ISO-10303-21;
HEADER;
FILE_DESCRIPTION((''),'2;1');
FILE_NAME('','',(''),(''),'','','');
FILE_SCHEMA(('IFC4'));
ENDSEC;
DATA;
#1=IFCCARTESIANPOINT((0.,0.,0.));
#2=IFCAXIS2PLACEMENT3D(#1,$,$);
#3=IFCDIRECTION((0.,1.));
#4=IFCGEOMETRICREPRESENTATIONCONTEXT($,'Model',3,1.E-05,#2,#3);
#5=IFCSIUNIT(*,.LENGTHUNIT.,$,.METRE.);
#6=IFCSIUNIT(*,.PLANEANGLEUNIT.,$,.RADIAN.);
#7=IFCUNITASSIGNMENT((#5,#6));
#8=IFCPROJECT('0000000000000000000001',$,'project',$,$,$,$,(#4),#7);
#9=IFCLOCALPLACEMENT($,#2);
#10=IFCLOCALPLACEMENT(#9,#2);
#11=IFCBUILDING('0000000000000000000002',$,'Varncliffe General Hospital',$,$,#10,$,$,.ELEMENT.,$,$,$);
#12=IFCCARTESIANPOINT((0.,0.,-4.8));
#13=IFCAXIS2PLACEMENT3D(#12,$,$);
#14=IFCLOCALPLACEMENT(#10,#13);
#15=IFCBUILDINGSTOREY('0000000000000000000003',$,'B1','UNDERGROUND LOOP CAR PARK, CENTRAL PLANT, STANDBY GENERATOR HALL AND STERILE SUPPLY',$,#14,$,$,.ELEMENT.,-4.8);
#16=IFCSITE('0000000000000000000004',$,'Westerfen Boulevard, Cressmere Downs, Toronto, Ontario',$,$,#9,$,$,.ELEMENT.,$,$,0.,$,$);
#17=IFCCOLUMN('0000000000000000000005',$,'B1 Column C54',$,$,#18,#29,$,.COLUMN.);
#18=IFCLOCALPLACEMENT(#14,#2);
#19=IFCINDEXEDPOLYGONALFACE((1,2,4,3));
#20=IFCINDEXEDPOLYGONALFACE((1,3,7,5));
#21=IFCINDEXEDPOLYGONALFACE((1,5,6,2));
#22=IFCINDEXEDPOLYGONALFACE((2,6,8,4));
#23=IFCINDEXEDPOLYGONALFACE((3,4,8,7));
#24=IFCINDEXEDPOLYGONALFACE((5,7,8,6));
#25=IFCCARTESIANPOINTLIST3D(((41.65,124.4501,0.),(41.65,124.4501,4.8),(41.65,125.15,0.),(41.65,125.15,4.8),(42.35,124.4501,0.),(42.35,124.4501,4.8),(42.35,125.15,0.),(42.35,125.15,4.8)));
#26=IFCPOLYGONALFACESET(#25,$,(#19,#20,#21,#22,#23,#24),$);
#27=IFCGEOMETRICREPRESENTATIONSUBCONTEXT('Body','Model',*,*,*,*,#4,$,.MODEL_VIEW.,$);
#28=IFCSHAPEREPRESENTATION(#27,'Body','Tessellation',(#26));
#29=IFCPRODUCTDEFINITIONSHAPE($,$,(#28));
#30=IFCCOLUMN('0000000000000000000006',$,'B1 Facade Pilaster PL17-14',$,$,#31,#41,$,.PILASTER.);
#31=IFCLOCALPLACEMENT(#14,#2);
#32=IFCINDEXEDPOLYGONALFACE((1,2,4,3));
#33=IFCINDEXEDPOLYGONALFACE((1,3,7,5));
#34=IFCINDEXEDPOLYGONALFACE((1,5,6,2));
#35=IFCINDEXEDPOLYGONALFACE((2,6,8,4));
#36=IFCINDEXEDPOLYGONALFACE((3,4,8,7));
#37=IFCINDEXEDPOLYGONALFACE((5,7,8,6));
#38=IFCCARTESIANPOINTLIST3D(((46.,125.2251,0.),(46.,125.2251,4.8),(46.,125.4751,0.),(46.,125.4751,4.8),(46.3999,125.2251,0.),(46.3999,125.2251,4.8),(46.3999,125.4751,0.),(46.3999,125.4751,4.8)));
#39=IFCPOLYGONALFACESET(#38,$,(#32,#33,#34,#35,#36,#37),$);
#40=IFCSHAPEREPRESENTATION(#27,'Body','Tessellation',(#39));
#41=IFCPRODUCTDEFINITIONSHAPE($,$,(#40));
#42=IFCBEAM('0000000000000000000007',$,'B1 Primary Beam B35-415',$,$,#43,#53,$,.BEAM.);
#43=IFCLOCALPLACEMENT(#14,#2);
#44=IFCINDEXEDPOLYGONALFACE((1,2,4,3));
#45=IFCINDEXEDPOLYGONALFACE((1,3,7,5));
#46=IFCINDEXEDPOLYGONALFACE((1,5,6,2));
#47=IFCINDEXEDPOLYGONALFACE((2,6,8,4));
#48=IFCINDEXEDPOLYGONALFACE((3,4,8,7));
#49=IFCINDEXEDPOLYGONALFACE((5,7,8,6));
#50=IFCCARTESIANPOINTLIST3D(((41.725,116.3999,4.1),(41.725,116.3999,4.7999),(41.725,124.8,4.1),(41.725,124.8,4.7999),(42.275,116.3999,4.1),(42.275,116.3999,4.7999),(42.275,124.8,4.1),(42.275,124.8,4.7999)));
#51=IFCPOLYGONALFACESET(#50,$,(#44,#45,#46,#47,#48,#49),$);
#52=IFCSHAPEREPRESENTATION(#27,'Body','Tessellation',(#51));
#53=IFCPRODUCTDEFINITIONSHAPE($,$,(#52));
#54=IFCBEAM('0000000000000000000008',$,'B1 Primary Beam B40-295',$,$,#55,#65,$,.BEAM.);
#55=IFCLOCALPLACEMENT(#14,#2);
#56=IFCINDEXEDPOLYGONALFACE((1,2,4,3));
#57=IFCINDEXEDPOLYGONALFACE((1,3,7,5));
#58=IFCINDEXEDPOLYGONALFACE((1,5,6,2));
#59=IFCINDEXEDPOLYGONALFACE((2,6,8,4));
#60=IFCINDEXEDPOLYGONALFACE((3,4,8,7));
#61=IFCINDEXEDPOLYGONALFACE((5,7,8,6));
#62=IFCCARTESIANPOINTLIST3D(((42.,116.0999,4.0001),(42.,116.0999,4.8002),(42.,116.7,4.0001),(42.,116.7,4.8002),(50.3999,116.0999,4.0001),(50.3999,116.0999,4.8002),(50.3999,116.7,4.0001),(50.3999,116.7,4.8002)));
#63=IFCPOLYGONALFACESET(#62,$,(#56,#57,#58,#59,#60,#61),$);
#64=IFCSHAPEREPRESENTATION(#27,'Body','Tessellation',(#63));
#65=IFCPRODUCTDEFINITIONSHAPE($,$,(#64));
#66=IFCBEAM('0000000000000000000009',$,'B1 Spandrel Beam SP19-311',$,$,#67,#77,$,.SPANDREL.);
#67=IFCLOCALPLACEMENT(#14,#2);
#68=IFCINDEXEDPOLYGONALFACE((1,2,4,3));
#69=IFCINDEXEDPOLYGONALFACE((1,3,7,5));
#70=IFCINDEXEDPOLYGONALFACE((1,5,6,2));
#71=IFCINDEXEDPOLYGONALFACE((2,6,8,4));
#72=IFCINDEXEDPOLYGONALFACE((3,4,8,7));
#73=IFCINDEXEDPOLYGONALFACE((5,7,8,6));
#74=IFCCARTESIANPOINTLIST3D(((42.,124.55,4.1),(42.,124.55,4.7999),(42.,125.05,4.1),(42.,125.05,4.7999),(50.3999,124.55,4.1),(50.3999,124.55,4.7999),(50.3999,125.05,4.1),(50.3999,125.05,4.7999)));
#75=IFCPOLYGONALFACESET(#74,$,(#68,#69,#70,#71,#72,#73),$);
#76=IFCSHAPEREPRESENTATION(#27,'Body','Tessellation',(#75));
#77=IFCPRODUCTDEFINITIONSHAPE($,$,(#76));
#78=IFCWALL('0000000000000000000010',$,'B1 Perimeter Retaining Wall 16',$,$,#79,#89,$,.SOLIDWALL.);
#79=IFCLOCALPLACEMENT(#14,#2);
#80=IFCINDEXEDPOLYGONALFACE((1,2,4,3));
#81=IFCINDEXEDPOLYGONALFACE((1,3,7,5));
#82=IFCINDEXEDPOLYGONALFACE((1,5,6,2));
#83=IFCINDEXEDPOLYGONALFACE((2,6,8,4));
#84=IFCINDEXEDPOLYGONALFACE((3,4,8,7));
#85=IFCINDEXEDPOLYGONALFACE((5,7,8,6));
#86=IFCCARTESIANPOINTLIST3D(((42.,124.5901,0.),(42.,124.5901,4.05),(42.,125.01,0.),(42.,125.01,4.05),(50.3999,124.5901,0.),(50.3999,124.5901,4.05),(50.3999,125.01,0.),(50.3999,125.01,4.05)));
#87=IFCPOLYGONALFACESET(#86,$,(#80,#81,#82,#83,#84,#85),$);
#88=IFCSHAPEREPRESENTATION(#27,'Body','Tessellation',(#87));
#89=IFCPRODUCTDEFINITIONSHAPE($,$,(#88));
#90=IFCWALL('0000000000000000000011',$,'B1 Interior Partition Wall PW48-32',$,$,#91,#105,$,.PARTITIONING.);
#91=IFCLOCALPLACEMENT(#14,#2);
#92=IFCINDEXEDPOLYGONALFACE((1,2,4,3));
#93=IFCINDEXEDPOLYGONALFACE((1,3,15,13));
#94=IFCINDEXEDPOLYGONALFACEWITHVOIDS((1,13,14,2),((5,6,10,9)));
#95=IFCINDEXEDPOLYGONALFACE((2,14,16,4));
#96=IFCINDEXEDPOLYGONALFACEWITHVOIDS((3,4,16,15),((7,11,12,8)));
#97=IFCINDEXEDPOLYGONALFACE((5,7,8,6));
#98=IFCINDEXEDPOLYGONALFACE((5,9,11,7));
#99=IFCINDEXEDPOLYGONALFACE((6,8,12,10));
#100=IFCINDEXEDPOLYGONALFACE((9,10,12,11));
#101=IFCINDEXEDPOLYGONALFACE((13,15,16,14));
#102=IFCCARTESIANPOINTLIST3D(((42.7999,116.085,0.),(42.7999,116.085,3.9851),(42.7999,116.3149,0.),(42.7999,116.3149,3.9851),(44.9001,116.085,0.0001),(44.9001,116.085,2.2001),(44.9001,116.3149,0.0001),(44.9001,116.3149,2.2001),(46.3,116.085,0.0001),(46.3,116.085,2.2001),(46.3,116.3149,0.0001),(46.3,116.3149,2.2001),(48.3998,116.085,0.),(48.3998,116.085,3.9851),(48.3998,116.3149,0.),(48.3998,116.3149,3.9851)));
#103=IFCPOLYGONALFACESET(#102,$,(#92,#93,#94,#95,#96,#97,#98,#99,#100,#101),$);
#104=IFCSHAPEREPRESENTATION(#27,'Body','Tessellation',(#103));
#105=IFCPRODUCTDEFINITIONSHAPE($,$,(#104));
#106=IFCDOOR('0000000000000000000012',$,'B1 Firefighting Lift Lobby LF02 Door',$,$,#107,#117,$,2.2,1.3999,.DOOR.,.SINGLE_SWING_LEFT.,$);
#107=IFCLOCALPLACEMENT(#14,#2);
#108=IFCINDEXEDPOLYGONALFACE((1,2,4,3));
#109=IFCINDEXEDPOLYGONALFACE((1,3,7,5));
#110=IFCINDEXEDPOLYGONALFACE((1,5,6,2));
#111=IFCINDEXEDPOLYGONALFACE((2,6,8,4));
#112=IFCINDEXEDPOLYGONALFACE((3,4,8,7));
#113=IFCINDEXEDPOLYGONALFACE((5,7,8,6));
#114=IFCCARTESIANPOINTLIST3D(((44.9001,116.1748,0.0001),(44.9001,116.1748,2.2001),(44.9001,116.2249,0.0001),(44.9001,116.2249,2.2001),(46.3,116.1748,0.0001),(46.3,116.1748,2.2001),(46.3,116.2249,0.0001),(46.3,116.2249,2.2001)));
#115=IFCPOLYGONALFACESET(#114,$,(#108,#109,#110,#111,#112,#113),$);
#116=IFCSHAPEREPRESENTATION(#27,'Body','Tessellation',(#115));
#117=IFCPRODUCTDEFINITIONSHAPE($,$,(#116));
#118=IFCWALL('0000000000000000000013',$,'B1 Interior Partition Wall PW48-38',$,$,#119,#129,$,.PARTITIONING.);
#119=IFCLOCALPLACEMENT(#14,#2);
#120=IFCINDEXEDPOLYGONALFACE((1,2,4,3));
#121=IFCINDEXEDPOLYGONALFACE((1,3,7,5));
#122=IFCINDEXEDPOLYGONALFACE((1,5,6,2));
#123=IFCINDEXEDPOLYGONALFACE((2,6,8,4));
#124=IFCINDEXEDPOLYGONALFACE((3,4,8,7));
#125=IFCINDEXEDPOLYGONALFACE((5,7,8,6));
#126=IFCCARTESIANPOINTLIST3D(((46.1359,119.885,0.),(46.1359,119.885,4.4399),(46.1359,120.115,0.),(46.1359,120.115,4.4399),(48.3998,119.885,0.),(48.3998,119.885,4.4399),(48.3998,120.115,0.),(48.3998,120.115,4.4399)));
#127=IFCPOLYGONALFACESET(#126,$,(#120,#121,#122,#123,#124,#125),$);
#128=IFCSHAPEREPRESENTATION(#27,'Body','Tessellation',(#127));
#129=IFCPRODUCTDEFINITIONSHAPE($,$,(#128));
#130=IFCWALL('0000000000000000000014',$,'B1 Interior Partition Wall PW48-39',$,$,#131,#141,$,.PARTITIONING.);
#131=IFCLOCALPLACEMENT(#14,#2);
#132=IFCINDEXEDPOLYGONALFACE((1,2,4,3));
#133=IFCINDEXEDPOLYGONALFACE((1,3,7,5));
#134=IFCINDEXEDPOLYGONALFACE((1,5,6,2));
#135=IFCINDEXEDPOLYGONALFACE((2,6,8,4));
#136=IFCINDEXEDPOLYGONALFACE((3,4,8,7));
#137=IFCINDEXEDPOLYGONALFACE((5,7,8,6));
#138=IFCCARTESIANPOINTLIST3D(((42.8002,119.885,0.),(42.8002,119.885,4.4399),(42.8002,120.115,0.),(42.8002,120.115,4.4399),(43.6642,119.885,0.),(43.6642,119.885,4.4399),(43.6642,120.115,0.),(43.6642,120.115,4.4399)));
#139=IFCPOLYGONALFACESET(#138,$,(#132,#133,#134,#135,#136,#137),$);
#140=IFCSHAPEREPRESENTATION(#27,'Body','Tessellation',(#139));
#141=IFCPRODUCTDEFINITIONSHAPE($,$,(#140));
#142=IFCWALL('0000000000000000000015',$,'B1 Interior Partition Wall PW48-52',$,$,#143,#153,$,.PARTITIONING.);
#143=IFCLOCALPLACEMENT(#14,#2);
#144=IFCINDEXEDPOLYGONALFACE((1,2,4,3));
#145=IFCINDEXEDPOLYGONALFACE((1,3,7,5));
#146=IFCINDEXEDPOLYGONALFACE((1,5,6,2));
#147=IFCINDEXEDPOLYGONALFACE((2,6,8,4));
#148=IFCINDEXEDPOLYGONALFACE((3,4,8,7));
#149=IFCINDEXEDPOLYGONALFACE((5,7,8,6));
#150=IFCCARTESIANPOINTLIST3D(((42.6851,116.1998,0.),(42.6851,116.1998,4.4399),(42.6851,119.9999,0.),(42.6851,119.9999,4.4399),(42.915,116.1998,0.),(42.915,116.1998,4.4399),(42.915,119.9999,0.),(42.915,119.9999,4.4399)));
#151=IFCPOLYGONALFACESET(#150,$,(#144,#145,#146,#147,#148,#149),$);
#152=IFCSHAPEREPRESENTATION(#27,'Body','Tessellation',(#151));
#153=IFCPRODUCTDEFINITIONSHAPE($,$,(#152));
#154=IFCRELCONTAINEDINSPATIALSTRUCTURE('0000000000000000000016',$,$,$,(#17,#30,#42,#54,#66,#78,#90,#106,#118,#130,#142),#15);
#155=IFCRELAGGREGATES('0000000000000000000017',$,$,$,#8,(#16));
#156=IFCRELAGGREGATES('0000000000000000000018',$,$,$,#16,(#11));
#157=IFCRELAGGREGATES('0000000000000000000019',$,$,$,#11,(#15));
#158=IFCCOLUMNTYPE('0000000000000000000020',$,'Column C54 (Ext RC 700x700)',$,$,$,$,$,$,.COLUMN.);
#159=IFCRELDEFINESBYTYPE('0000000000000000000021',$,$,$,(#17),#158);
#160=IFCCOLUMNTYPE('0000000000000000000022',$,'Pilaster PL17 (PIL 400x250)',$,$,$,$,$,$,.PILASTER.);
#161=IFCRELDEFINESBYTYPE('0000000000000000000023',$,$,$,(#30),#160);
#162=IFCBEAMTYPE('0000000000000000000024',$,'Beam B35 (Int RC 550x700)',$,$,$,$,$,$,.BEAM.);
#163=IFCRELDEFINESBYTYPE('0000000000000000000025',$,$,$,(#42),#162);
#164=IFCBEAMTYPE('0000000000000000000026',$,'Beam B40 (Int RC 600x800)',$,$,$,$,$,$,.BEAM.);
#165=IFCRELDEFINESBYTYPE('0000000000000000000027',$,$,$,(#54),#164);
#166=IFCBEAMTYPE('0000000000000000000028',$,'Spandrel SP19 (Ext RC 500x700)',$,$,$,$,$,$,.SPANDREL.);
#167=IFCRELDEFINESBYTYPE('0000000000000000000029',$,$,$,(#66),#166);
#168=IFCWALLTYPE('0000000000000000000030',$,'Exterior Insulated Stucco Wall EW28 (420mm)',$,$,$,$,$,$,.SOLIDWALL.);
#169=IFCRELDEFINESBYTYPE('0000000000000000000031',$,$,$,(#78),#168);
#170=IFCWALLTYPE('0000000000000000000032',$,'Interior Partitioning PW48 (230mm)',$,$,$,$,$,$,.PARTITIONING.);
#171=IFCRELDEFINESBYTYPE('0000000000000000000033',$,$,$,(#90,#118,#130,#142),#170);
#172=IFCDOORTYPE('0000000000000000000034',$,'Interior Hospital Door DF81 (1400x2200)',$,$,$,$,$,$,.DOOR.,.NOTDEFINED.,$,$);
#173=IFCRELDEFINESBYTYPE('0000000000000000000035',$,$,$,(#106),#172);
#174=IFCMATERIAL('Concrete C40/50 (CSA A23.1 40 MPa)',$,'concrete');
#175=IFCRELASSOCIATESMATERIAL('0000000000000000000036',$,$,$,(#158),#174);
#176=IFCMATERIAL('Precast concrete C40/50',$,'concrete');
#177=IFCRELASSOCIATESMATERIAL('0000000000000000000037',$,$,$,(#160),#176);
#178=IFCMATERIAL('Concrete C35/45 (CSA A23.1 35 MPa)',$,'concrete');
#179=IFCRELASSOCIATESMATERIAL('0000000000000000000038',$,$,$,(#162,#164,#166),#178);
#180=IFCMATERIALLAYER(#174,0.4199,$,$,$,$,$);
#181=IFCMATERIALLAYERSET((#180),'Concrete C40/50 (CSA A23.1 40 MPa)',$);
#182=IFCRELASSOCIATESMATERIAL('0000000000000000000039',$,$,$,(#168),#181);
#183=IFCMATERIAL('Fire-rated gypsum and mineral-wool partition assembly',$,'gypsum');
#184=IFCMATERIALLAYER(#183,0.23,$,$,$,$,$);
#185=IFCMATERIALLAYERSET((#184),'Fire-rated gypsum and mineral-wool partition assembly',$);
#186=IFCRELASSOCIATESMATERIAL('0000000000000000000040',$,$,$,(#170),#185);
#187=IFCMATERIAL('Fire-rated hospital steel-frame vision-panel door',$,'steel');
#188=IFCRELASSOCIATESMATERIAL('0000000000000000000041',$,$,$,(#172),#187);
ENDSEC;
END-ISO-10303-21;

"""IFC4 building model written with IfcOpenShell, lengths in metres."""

from ifc_helpers import new_model, si_unit, direction, frame, frame_2d, origin, origin_2d, place, context, subcontext, project, spatial, rectangle, extrude, material, layer, layer_set, material_profile, profile_set, type_object, element, fill, save


model = new_model("IFC4")

# Units and contexts
model_context = context("Model", 3, precision=1e-05, world=origin(), true_north=direction((0.0, 1.0)))
body_context = subcontext(model_context, "Body", "Model", "MODEL_VIEW")
ifc_project = project(units=[si_unit("LENGTHUNIT", "METRE"), si_unit("PLANEANGLEUNIT", "RADIAN")], contexts=[model_context])

# Site, building, storey
site_placement = place(None, origin())
site = spatial("IfcSite", under=ifc_project, at=site_placement, Name="Westerfen Boulevard, Cressmere Downs, Toronto, Ontario", CompositionType="ELEMENT", RefElevation=0.0)
building_placement = place(site_placement, origin())
building = spatial("IfcBuilding", under=site, at=building_placement, Name="Varncliffe General Hospital", CompositionType="ELEMENT")
storey_placement = place(building_placement, frame((0.0, 0.0, -4.8)))
storey = spatial("IfcBuildingStorey", under=building, at=storey_placement, Name="B1", Description="UNDERGROUND LOOP CAR PARK, CENTRAL PLANT, STANDBY GENERATOR HALL AND STERILE SUPPLY", CompositionType="ELEMENT", Elevation=-4.8)

# Shared definitions
ifc_material_1 = material(Name="Concrete C40/50 (CSA A23.1 40 MPa)", Category="concrete")

# Columns
ifc_material_profile_1 = material_profile(ifc_material_1, rectangle(XDim=0.7, YDim=0.7, at=origin_2d()), Name="RC 700x700")
ifc_profile_set_1 = profile_set([ifc_material_profile_1], Name="Concrete C40/50 (CSA A23.1 40 MPa)")
column_type_1 = type_object("IfcColumnType", Name="Column C54 (Ext RC 700x700)", PredefinedType="COLUMN", material=ifc_profile_set_1)
column_1_placement = place(storey_placement, frame((42.0, 124.8, 0.0), z_axis=(0.0, 0.0, 1.0), x_axis=(1.0, 0.0, 0.0)))
element("IfcColumn", 1, at=column_1_placement, inside=storey, type_object=column_type_1, Name="B1 Column C54", PredefinedType="COLUMN", context=body_context, shape_type="SweptSolid", body=[
    extrude(rectangle(XDim=0.7, YDim=0.7, at=origin_2d()), origin(), (0.0, 0.0, 1.0), 4.8),
])
ifc_material_2 = material(Name="Precast concrete C40/50", Category="concrete")
ifc_material_profile_2 = material_profile(ifc_material_2, rectangle(XDim=0.3999, YDim=0.25, at=origin_2d()), Name="PIL 400x250")
ifc_profile_set_2 = profile_set([ifc_material_profile_2], Name="Precast concrete C40/50")
column_type_2 = type_object("IfcColumnType", Name="Pilaster PL17 (PIL 400x250)", PredefinedType="PILASTER", material=ifc_profile_set_2)
column_2_placement = place(storey_placement, frame((46.2, 125.3501, 0.0), z_axis=(0.0, 0.0, 1.0), x_axis=(1.0, 0.0, 0.0)))
element("IfcColumn", 2, at=column_2_placement, inside=storey, type_object=column_type_2, Name="B1 Facade Pilaster PL17-14", PredefinedType="PILASTER", context=body_context, shape_type="SweptSolid", body=[
    extrude(rectangle(XDim=0.3999, YDim=0.25, at=origin_2d()), origin(), (0.0, 0.0, 1.0), 4.8),
])

# Beams
ifc_material_3 = material(Name="Concrete C35/45 (CSA A23.1 35 MPa)", Category="concrete")
ifc_material_profile_3 = material_profile(ifc_material_3, rectangle(XDim=0.55, YDim=0.7, at=origin_2d()), Name="RC 550x700")
ifc_profile_set_3 = profile_set([ifc_material_profile_3], Name="Concrete C35/45 (CSA A23.1 35 MPa)")
beam_type_1 = type_object("IfcBeamType", Name="Beam B35 (Int RC 550x700)", PredefinedType="BEAM", material=ifc_profile_set_3)
beam_1_placement = place(storey_placement, frame((42.0, 116.3999, 4.45), z_axis=(0.0, 1.0, 0.0), x_axis=(-1.0, 0.0, 0.0)))
element("IfcBeam", 3, at=beam_1_placement, inside=storey, type_object=beam_type_1, Name="B1 Primary Beam B35-415", PredefinedType="BEAM", context=body_context, shape_type="SweptSolid", body=[
    extrude(rectangle(XDim=0.55, YDim=0.7, at=origin_2d()), origin(), (0.0, 0.0, 1.0), 8.4001),
])
ifc_material_profile_4 = material_profile(ifc_material_3, rectangle(XDim=0.6001, YDim=0.8, at=origin_2d()), Name="RC 600x800")
ifc_profile_set_4 = profile_set([ifc_material_profile_4], Name="Concrete C35/45 (CSA A23.1 35 MPa)")
beam_type_2 = type_object("IfcBeamType", Name="Beam B40 (Int RC 600x800)", PredefinedType="BEAM", material=ifc_profile_set_4)
beam_2_placement = place(storey_placement, frame((42.0, 116.3999, 4.4001), z_axis=(1.0, 0.0, 0.0), x_axis=(0.0, 1.0, 0.0)))
element("IfcBeam", 4, at=beam_2_placement, inside=storey, type_object=beam_type_2, Name="B1 Primary Beam B40-295", PredefinedType="BEAM", context=body_context, shape_type="SweptSolid", body=[
    extrude(rectangle(XDim=0.6001, YDim=0.8, at=origin_2d()), origin(), (0.0, 0.0, 1.0), 8.3999),
])
ifc_material_profile_5 = material_profile(ifc_material_3, rectangle(XDim=0.5, YDim=0.7, at=origin_2d()), Name="RC 500x700")
ifc_profile_set_5 = profile_set([ifc_material_profile_5], Name="Concrete C35/45 (CSA A23.1 35 MPa)")
beam_type_3 = type_object("IfcBeamType", Name="Spandrel SP19 (Ext RC 500x700)", PredefinedType="SPANDREL", material=ifc_profile_set_5)
beam_3_placement = place(storey_placement, frame((42.0, 124.8, 4.45), z_axis=(1.0, 0.0, 0.0), x_axis=(0.0, 1.0, 0.0)))
element("IfcBeam", 5, at=beam_3_placement, inside=storey, type_object=beam_type_3, Name="B1 Spandrel Beam SP19-311", PredefinedType="SPANDREL", context=body_context, shape_type="SweptSolid", body=[
    extrude(rectangle(XDim=0.5, YDim=0.7, at=origin_2d()), origin(), (0.0, 0.0, 1.0), 8.3999),
])

# Wall
ifc_layer_1 = layer(ifc_material_1, 0.4199)
ifc_layer_set_1 = layer_set([ifc_layer_1], Name="Concrete C40/50 (CSA A23.1 40 MPa)")
wall_type_1 = type_object("IfcWallType", Name="Exterior Insulated Stucco Wall EW28 (420mm)", PredefinedType="SOLIDWALL", material=ifc_layer_set_1)
wall_1_placement = place(storey_placement, frame((42.0, 124.8, 0.0), z_axis=(0.0, 0.0, 1.0), x_axis=(1.0, 0.0, 0.0)))
element("IfcWall", 6, at=wall_1_placement, inside=storey, type_object=wall_type_1, Name="B1 Perimeter Retaining Wall 16", PredefinedType="SOLIDWALL", context=body_context, shape_type="SweptSolid", body=[
    extrude(rectangle(XDim=8.3999, YDim=0.4199, at=frame_2d((4.2, 0.0))), origin(), (0.0, 0.0, 1.0), 4.05),
])

# Wall, opening, door
ifc_material_4 = material(Name="Fire-rated gypsum and mineral-wool partition assembly", Category="gypsum")
ifc_layer_2 = layer(ifc_material_4, 0.23)
ifc_layer_set_2 = layer_set([ifc_layer_2], Name="Fire-rated gypsum and mineral-wool partition assembly")
wall_type_2 = type_object("IfcWallType", Name="Interior Partitioning PW48 (230mm)", PredefinedType="PARTITIONING", material=ifc_layer_set_2)
wall_2_placement = place(storey_placement, frame((42.8, 116.2, 0.0), z_axis=(0.0, 0.0, 1.0), x_axis=(1.0, 0.0, 0.0)))
wall_2 = element("IfcWall", 7, at=wall_2_placement, inside=storey, type_object=wall_type_2, Name="B1 Interior Partition Wall PW48-32", PredefinedType="PARTITIONING", context=body_context, shape_type="SweptSolid", body=[
    extrude(rectangle(XDim=5.5999, YDim=0.23, at=frame_2d((2.7998, 0.0))), origin(), (0.0, 0.0, 1.0), 3.9851),
])
opening_1_placement = place(wall_2_placement, frame((2.1001, 0.0, 0.0)))
opening_1 = element("IfcOpeningElement", 8, at=opening_1_placement, cuts=wall_2, PredefinedType="OPENING", context=body_context, shape_type="SweptSolid", body=[
    extrude(rectangle(XDim=1.3999, YDim=2.2, at=frame_2d((0.7, 1.1001))), frame((0.0, 0.125, 0.0), z_axis=(0.0, -1.0, 0.0), x_axis=(1.0, 0.0, 0.0)), (0.0, 0.0, 1.0), 0.25),
])
ifc_material_5 = material(Name="Fire-rated hospital steel-frame vision-panel door", Category="steel")
door_type_1 = type_object("IfcDoorType", Name="Interior Hospital Door DF81 (1400x2200)", OperationType="NOTDEFINED", PredefinedType="DOOR", material=ifc_material_5)
door_1_placement = place(opening_1_placement, origin())
door_1 = element("IfcDoor", 9, at=door_1_placement, inside=storey, type_object=door_type_1, Name="B1 Firefighting Lift Lobby LF02 Door", OperationType="SINGLE_SWING_LEFT", OverallHeight=2.2, OverallWidth=1.3999, PredefinedType="DOOR", context=body_context, shape_type="SweptSolid", body=[
    extrude(rectangle(XDim=1.3999, YDim=2.2, at=frame_2d((0.7, 1.1001))), frame((0.0, 0.0249, 0.0), z_axis=(0.0, -1.0, 0.0), x_axis=(1.0, 0.0, 0.0)), (0.0, 0.0, 1.0), 0.05),
])
fill(opening_1, door_1)

# Walls
wall_3_placement = place(storey_placement, frame((46.136, 120.0, 0.0), z_axis=(0.0, 0.0, 1.0), x_axis=(1.0, 0.0, 0.0)))
element("IfcWall", 10, at=wall_3_placement, inside=storey, type_object=wall_type_2, Name="B1 Interior Partition Wall PW48-38", PredefinedType="PARTITIONING", context=body_context, shape_type="SweptSolid", body=[
    extrude(rectangle(XDim=2.2639, YDim=0.23, at=frame_2d((1.1318, 0.0))), origin(), (0.0, 0.0, 1.0), 4.4399),
])
wall_4_placement = place(storey_placement, frame((42.8, 120.0, 0.0), z_axis=(0.0, 0.0, 1.0), x_axis=(1.0, 0.0, 0.0)))
element("IfcWall", 11, at=wall_4_placement, inside=storey, type_object=wall_type_2, Name="B1 Interior Partition Wall PW48-39", PredefinedType="PARTITIONING", context=body_context, shape_type="SweptSolid", body=[
    extrude(rectangle(XDim=0.864, YDim=0.23, at=frame_2d((0.4321, 0.0))), origin(), (0.0, 0.0, 1.0), 4.4399),
])
wall_5_placement = place(storey_placement, frame((42.8, 116.2, 0.0), z_axis=(0.0, 0.0, 1.0), x_axis=(0.0, 1.0, 0.0)))
element("IfcWall", 12, at=wall_5_placement, inside=storey, type_object=wall_type_2, Name="B1 Interior Partition Wall PW48-52", PredefinedType="PARTITIONING", context=body_context, shape_type="SweptSolid", body=[
    extrude(rectangle(XDim=3.8, YDim=0.23, at=frame_2d((1.8999, 0.0))), origin(), (0.0, 0.0, 1.0), 4.4399),
])

save(model, "model.ifc")
